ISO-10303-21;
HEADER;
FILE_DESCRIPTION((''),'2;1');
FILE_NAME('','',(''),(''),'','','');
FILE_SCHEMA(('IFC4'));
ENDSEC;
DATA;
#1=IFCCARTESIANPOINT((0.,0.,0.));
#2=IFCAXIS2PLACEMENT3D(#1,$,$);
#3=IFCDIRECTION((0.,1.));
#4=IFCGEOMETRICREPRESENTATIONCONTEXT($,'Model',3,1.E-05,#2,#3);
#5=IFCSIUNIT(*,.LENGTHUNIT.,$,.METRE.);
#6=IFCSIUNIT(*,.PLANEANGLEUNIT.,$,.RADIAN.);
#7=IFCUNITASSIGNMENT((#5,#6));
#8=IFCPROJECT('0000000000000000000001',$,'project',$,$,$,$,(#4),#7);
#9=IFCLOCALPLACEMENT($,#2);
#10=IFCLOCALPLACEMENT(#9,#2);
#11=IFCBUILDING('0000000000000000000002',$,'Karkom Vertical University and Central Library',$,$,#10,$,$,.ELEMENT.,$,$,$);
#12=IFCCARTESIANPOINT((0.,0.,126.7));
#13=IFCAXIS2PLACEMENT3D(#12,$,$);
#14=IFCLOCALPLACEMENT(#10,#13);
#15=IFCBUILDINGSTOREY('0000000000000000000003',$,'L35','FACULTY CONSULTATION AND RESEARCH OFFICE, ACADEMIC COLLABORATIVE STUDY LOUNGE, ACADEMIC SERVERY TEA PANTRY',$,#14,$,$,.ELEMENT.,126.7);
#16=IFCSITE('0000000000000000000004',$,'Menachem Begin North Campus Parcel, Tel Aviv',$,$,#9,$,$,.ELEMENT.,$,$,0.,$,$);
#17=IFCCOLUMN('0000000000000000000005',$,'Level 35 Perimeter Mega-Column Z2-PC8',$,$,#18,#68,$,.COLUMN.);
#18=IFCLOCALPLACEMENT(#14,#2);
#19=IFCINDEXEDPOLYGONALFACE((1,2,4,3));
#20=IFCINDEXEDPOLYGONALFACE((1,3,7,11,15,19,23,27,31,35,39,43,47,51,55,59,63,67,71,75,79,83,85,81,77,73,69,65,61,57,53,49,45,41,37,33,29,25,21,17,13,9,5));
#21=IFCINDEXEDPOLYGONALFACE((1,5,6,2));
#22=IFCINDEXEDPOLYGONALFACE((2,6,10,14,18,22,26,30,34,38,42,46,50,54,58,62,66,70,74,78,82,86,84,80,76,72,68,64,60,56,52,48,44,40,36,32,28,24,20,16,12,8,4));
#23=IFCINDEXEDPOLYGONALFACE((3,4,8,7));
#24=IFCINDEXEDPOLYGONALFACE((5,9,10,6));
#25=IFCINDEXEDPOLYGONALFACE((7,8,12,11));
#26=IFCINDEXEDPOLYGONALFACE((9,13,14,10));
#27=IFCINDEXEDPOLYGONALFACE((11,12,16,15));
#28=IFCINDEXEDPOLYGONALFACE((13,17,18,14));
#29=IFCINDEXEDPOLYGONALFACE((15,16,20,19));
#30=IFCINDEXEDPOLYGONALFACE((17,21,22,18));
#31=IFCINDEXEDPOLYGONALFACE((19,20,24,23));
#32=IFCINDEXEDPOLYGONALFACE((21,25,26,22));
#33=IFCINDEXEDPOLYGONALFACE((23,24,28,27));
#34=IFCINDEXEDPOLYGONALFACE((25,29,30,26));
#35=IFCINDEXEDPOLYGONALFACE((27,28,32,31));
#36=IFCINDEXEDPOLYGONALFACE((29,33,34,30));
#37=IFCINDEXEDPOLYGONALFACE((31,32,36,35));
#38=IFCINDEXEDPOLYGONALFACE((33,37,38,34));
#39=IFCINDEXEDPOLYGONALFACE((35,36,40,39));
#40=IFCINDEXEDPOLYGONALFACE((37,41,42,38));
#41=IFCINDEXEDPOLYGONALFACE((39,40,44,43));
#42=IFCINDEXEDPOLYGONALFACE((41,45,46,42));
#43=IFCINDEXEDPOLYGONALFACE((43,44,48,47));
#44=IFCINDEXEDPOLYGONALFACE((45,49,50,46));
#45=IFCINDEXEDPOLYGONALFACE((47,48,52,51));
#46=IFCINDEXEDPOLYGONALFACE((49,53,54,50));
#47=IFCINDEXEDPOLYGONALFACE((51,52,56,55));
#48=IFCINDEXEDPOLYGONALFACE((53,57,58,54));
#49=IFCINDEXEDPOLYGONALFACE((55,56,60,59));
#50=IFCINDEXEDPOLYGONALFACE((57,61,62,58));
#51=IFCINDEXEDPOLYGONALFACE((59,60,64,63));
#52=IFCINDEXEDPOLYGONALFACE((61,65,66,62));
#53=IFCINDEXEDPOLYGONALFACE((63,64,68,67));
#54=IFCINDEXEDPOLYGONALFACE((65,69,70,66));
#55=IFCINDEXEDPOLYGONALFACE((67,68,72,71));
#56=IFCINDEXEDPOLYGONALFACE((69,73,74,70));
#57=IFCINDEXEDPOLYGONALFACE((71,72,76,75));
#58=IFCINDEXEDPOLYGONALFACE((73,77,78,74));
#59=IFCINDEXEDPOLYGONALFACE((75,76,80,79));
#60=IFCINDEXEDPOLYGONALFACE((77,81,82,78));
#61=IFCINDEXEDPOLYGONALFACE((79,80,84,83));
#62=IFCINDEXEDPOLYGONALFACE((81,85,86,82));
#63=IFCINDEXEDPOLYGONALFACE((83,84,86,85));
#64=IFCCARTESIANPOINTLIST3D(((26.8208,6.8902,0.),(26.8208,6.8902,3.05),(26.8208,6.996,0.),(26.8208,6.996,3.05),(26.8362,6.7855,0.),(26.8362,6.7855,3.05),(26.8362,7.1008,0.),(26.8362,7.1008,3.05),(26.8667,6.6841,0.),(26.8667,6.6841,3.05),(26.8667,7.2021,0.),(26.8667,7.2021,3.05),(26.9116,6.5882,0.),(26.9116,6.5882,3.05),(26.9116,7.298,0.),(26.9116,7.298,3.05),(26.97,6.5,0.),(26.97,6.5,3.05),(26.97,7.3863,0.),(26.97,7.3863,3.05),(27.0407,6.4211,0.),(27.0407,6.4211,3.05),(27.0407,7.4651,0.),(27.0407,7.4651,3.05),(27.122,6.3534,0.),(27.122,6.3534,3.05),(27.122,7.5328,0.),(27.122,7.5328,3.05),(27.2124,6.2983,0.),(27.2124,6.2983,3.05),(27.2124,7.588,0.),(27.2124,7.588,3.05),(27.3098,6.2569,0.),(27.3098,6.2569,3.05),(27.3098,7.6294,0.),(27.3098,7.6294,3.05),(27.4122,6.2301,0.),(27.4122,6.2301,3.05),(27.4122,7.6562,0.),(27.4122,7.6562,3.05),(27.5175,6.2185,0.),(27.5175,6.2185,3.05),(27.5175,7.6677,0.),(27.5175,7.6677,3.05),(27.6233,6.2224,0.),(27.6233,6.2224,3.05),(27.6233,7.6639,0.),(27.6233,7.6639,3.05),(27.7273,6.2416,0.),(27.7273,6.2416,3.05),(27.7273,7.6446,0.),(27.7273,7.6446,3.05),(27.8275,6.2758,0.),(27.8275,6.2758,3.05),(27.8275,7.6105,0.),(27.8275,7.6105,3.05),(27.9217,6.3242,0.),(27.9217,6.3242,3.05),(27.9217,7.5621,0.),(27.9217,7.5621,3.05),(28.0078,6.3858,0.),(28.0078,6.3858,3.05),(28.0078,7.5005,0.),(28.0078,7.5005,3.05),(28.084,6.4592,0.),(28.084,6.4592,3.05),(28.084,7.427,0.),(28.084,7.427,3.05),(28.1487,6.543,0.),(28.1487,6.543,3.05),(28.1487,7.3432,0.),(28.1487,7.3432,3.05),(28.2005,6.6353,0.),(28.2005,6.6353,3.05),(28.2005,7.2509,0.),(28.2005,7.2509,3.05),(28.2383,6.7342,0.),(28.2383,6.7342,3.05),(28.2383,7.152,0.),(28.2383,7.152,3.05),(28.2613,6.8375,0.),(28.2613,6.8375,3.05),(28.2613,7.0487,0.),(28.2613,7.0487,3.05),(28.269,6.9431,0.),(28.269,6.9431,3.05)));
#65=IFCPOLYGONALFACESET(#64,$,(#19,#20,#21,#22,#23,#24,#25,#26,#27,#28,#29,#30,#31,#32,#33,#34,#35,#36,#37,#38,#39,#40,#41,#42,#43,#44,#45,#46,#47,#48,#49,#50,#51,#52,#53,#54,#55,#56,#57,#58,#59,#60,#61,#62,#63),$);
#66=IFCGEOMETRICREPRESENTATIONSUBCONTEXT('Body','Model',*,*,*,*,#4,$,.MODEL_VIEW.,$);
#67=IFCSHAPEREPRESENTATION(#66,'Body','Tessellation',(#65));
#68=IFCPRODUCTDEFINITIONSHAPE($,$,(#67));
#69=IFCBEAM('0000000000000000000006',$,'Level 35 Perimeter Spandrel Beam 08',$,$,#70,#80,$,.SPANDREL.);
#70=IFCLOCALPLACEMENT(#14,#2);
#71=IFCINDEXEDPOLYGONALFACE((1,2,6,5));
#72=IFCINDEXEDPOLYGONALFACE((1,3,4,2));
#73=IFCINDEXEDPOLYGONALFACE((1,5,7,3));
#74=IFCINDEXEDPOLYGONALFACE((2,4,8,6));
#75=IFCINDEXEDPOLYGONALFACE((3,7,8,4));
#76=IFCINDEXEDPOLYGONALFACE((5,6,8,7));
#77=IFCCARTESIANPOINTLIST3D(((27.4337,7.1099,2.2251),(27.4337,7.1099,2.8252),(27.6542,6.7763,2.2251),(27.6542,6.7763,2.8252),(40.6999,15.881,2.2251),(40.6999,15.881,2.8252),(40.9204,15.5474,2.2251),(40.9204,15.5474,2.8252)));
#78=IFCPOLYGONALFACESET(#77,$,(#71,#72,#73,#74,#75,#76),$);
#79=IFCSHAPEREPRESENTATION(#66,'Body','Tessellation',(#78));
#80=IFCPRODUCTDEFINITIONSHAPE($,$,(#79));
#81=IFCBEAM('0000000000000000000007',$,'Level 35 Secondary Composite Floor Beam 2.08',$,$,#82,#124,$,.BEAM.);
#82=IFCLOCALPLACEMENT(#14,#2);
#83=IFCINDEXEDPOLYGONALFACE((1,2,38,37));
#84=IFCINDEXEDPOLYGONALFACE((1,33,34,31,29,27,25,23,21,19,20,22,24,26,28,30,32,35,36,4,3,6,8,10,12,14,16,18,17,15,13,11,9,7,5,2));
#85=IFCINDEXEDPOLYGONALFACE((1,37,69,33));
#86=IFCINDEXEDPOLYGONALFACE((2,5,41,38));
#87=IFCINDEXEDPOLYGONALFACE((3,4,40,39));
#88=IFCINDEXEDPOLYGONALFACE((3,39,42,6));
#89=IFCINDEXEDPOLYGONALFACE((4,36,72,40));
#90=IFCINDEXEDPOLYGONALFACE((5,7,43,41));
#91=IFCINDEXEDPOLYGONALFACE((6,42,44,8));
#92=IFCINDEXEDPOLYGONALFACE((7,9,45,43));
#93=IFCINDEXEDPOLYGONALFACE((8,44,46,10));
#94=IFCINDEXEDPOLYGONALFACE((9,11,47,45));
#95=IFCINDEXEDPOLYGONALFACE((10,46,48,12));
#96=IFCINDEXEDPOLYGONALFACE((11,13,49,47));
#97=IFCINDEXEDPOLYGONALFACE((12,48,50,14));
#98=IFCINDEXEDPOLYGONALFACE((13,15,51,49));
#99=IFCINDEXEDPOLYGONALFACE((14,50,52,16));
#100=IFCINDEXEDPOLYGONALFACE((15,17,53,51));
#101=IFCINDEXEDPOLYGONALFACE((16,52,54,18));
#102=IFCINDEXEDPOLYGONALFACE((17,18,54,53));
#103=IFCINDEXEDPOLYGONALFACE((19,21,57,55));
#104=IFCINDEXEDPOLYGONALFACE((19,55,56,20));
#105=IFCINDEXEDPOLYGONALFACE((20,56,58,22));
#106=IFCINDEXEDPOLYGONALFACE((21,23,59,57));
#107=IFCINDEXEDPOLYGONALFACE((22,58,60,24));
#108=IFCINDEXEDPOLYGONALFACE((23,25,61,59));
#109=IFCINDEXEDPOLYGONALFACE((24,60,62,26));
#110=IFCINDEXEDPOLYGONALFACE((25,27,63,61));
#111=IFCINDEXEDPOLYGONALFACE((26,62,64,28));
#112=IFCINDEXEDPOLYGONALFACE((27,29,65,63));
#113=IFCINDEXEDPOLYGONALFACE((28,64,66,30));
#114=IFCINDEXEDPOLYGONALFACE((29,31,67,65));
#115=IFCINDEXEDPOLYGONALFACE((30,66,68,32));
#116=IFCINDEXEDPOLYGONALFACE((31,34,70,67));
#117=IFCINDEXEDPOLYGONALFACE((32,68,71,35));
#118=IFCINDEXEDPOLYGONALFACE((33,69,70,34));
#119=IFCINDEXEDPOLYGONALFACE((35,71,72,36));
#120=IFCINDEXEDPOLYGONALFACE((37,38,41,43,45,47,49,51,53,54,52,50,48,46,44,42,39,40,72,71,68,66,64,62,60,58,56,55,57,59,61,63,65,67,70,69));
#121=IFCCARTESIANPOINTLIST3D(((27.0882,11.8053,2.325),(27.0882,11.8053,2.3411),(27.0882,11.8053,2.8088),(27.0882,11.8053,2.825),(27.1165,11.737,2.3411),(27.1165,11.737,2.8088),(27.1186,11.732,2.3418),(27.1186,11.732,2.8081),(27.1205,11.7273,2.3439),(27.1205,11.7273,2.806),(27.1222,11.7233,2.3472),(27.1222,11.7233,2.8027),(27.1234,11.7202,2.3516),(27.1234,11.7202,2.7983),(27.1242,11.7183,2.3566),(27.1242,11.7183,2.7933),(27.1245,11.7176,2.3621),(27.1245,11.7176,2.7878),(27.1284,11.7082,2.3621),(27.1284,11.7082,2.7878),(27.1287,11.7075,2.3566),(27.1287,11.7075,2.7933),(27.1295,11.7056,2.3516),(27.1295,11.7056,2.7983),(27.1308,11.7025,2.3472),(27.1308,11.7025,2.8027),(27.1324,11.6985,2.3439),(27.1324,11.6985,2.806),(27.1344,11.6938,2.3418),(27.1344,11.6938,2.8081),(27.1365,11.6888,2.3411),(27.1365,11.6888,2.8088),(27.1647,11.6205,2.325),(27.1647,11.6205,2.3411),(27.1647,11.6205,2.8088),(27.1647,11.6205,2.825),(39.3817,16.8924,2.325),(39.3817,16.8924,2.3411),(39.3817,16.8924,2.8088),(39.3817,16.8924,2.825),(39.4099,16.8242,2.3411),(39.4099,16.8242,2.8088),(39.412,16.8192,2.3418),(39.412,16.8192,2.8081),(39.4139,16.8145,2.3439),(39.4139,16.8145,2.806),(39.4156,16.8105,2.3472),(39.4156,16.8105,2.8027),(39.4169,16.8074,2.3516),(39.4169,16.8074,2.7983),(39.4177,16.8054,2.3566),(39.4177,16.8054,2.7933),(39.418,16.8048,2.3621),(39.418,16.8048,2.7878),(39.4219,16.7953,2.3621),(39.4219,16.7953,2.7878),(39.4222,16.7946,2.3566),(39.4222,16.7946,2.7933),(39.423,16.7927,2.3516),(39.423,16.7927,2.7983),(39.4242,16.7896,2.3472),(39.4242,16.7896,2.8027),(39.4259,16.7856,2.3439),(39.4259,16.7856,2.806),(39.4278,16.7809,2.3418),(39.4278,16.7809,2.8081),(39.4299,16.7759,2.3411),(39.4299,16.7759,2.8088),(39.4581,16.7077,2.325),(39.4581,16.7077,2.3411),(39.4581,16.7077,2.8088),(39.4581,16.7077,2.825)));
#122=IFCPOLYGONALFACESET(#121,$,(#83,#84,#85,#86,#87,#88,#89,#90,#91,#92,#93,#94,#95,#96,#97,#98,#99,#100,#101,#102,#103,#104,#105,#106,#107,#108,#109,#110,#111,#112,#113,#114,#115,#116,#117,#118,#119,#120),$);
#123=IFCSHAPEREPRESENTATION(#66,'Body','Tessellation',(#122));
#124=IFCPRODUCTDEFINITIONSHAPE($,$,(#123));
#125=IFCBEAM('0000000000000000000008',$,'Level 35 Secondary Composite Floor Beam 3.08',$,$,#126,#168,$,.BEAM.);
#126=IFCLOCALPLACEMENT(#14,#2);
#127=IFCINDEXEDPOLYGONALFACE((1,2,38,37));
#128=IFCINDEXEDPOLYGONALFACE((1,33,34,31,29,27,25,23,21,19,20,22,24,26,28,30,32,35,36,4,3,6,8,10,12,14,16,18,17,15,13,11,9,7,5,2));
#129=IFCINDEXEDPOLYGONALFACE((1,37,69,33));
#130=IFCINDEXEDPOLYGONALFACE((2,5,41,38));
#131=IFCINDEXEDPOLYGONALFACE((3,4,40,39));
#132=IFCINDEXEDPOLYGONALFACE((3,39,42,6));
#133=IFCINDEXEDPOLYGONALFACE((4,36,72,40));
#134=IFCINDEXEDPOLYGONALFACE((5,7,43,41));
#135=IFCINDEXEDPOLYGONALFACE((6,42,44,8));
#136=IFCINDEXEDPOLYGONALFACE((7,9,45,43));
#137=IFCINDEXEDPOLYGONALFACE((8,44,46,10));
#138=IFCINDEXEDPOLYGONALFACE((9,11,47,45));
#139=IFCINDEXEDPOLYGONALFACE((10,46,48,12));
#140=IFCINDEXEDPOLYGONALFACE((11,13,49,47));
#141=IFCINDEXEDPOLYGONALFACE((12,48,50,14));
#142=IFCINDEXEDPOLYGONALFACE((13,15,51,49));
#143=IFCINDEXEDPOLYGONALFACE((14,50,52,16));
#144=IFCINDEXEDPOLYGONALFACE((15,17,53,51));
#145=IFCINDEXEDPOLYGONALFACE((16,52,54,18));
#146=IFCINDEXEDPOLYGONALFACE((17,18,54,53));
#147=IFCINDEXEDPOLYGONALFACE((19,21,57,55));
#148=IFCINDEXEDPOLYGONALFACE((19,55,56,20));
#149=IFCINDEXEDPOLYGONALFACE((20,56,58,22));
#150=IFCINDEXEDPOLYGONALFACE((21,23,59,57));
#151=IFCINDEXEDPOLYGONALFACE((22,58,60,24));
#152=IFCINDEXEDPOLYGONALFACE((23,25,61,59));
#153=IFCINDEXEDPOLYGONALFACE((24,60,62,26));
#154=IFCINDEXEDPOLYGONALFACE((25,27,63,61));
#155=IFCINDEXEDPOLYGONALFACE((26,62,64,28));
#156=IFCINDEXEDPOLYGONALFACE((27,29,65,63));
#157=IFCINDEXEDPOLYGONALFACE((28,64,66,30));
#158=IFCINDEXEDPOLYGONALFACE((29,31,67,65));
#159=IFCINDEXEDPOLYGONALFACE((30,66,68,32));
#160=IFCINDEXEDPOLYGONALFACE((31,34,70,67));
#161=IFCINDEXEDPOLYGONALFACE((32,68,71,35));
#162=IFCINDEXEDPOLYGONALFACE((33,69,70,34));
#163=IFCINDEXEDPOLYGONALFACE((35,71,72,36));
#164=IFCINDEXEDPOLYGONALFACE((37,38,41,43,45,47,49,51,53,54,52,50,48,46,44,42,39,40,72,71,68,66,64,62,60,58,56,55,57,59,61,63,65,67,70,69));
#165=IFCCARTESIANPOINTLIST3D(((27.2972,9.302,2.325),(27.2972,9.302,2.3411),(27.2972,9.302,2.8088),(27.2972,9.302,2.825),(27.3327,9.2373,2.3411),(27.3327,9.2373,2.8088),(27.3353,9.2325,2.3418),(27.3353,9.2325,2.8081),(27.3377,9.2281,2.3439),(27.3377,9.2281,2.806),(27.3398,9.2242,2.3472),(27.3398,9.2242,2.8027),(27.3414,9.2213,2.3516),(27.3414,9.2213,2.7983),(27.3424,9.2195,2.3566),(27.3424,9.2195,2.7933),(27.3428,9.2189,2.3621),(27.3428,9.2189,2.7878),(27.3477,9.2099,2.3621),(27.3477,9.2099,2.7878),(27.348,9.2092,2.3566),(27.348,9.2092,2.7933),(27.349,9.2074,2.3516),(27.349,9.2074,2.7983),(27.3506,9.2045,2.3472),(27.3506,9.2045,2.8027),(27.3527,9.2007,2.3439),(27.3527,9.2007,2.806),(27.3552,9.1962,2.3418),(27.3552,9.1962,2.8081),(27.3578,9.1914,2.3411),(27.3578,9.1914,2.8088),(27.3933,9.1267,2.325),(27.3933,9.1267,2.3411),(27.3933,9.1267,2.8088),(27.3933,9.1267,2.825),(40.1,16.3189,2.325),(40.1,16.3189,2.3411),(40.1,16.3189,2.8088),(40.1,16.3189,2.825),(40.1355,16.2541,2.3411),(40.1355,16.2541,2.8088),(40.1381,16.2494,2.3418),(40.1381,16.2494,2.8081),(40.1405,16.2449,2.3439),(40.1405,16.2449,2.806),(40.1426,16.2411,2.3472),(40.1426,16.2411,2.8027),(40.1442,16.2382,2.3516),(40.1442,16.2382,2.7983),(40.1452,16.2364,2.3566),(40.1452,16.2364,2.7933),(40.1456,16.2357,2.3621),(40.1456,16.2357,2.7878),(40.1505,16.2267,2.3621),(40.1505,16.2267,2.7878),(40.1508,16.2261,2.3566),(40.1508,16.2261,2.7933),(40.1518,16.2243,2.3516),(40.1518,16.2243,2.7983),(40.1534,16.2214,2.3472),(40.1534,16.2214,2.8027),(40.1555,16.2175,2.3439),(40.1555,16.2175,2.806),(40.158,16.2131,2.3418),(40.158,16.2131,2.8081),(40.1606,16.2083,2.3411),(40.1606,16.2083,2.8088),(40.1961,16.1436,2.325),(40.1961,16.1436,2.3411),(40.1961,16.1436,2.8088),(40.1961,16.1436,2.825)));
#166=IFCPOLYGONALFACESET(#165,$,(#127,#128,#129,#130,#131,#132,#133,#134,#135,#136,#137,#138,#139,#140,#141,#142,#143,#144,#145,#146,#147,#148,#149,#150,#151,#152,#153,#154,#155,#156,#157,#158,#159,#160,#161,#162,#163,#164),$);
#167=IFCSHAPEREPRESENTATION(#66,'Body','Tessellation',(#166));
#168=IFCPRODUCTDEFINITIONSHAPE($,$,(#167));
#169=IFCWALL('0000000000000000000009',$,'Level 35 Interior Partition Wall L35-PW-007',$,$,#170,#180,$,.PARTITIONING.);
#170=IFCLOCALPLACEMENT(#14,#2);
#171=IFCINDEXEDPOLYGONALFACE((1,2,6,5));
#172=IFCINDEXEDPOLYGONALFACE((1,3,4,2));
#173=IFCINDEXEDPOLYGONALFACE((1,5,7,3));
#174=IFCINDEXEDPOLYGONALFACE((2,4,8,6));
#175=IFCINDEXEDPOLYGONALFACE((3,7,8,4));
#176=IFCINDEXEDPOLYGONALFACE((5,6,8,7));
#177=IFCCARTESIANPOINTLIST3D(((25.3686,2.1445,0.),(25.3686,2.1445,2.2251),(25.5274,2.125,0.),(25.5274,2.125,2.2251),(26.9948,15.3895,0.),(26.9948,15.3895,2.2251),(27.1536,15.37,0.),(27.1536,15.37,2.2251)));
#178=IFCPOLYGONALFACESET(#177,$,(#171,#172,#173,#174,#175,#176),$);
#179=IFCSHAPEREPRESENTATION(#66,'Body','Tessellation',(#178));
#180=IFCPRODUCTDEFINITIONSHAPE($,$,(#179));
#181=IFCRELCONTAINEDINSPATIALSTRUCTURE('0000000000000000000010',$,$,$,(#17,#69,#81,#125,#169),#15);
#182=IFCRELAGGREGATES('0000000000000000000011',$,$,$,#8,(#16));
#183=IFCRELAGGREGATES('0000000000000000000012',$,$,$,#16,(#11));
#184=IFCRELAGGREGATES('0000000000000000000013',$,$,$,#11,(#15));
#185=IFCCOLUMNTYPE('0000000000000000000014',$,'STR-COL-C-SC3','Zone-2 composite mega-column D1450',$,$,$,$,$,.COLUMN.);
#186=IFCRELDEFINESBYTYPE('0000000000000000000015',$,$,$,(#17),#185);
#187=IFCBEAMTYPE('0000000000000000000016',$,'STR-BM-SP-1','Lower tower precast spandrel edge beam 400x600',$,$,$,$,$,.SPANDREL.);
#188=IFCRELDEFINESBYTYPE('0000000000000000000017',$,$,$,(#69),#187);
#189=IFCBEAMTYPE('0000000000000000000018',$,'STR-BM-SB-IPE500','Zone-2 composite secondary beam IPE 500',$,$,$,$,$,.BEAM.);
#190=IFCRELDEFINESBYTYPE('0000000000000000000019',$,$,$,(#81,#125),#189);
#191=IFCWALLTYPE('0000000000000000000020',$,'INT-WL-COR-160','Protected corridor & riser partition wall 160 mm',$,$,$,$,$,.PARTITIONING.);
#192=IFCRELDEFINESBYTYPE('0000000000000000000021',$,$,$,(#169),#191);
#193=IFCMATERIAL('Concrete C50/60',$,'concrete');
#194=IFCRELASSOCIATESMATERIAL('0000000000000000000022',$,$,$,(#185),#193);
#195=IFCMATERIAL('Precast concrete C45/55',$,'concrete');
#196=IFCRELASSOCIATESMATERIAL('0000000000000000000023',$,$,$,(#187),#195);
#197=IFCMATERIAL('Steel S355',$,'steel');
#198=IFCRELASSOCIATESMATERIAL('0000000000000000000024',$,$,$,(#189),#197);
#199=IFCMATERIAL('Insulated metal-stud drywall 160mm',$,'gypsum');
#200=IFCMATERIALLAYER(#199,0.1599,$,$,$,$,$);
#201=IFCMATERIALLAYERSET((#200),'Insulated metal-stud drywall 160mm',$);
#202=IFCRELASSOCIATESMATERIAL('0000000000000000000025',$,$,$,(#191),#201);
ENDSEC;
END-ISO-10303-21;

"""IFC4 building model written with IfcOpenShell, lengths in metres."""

from ifc_helpers import new_model, si_unit, direction, frame, frame_2d, origin, origin_with_axes, origin_2d, place, context, subcontext, project, spatial, rectangle, circle, i_section, extrude, source, transform, mapped, material, layer, layer_set, material_profile, profile_set, type_object, element, save


model = new_model("IFC4")

# Units and contexts
model_context = context("Model", 3, precision=1e-05, world=origin(), true_north=direction((0.0, 1.0)))
body_context = subcontext(model_context, "Body", "Model", "MODEL_VIEW")
ifc_project = project(units=[si_unit("LENGTHUNIT", "METRE"), si_unit("PLANEANGLEUNIT", "RADIAN")], contexts=[model_context])

# Site, building, storey
site_placement = place(None, origin())
site = spatial("IfcSite", under=ifc_project, at=site_placement, Name="Menachem Begin North Campus Parcel, Tel Aviv", CompositionType="ELEMENT", RefElevation=0.0)
building_placement = place(site_placement, origin())
building = spatial("IfcBuilding", under=site, at=building_placement, Name="Karkom Vertical University and Central Library", CompositionType="ELEMENT")
storey_placement = place(building_placement, frame((0.0, 0.0, 126.7)))
storey = spatial("IfcBuildingStorey", under=building, at=storey_placement, Name="L35", Description="FACULTY CONSULTATION AND RESEARCH OFFICE, ACADEMIC COLLABORATIVE STUDY LOUNGE, ACADEMIC SERVERY TEA PANTRY", CompositionType="ELEMENT", Elevation=126.7)

# Column
ifc_material_1 = material(Name="Concrete C50/60", Category="concrete")
ifc_material_profile_1 = material_profile(ifc_material_1, circle(Radius=0.7251, at=origin_2d()), Name="CFT-D1450")
ifc_profile_set_1 = profile_set([ifc_material_profile_1], Name="Concrete C50/60")
column_type = type_object("IfcColumnType", Name="STR-COL-C-SC3", Description="Zone-2 composite mega-column D1450", PredefinedType="COLUMN", material=ifc_profile_set_1)
shared_shape_1 = source(origin_with_axes(), body_context, "Body", "SweptSolid", [
    extrude(circle(Radius=0.7251, at=origin_2d()), origin(), (0.0, 0.0, 1.0), 3.05),
])
column_placement = place(storey_placement, frame((27.5439, 6.9431, 0.0), z_axis=(0.0, 0.0, 1.0), x_axis=(1.0, 0.0, 0.0)))
element("IfcColumn", 1, at=column_placement, inside=storey, type_object=column_type, Name="Level 35 Perimeter Mega-Column Z2-PC8", PredefinedType="COLUMN", context=body_context, shape_type="MappedRepresentation", body=[
    mapped(shared_shape_1, transform((0.0, 0.0, 0.0), scale=1.0)),
])

# Beams
ifc_material_2 = material(Name="Precast concrete C45/55", Category="concrete")
ifc_material_profile_2 = material_profile(ifc_material_2, rectangle(XDim=0.3999, YDim=0.6001, at=origin_2d()), Name="SPB-400x600")
ifc_profile_set_2 = profile_set([ifc_material_profile_2], Name="Precast concrete C45/55")
beam_type_1 = type_object("IfcBeamType", Name="STR-BM-SP-1", Description="Lower tower precast spandrel edge beam 400x600", PredefinedType="SPANDREL", material=ifc_profile_set_2)
shared_shape_2 = source(origin_with_axes(), body_context, "Body", "SweptSolid", [
    extrude(rectangle(XDim=0.3999, YDim=0.6001, at=origin_2d()), origin(), (0.0, 0.0, 1.0), 15.9036),
])
beam_1_placement = place(storey_placement, frame((27.5439, 6.9431, 2.5251), z_axis=(0.834165, 0.551515, 0.0), x_axis=(-0.551515, 0.834165, 0.0)))
element("IfcBeam", 2, at=beam_1_placement, inside=storey, type_object=beam_type_1, Name="Level 35 Perimeter Spandrel Beam 08", PredefinedType="SPANDREL", context=body_context, shape_type="MappedRepresentation", body=[
    mapped(shared_shape_2, transform((0.0, 0.0, 0.0), scale=1.0)),
])
ifc_material_3 = material(Name="Steel S355", Category="steel")
ifc_material_profile_3 = material_profile(ifc_material_3, i_section(OverallWidth=0.2, OverallDepth=0.5, WebThickness=0.0103, FlangeThickness=0.0161, FilletRadius=0.021, at=origin_2d()), Name="IPE 500")
ifc_profile_set_3 = profile_set([ifc_material_profile_3], Name="Steel S355")
beam_type_2 = type_object("IfcBeamType", Name="STR-BM-SB-IPE500", Description="Zone-2 composite secondary beam IPE 500", PredefinedType="BEAM", material=ifc_profile_set_3)
shared_shape_3 = source(origin_with_axes(), body_context, "Body", "SweptSolid", [
    extrude(i_section(OverallWidth=0.2, OverallDepth=0.5, WebThickness=0.0103, FlangeThickness=0.0161, FilletRadius=0.021, at=origin_2d()), origin(), (0.0, 0.0, 1.0), 13.3044),
])
beam_2_placement = place(storey_placement, frame((27.1265, 11.7129, 2.575), z_axis=(0.924011, 0.382365, 0.0), x_axis=(-0.382365, 0.924011, 0.0)))
element("IfcBeam", 3, at=beam_2_placement, inside=storey, type_object=beam_type_2, Name="Level 35 Secondary Composite Floor Beam 2.08", PredefinedType="BEAM", context=body_context, shape_type="MappedRepresentation", body=[
    mapped(shared_shape_3, transform((0.0, 0.0, 0.0), scale=1.0)),
])
shared_shape_4 = source(origin_with_axes(), body_context, "Body", "SweptSolid", [
    extrude(i_section(OverallWidth=0.2, OverallDepth=0.5, WebThickness=0.0103, FlangeThickness=0.0161, FilletRadius=0.021, at=origin_2d()), origin(), (0.0, 0.0, 1.0), 14.5996),
])
beam_3_placement = place(storey_placement, frame((27.3452, 9.2144, 2.575), z_axis=(0.876928, 0.480622, 0.0), x_axis=(-0.480622, 0.876928, 0.0)))
element("IfcBeam", 4, at=beam_3_placement, inside=storey, type_object=beam_type_2, Name="Level 35 Secondary Composite Floor Beam 3.08", PredefinedType="BEAM", context=body_context, shape_type="MappedRepresentation", body=[
    mapped(shared_shape_4, transform((0.0, 0.0, 0.0), scale=1.0)),
])

# Wall
ifc_material_4 = material(Name="Insulated metal-stud drywall 160mm", Category="gypsum")
ifc_layer = layer(ifc_material_4, 0.1599)
ifc_layer_set = layer_set([ifc_layer], Name="Insulated metal-stud drywall 160mm")
wall_type = type_object("IfcWallType", Name="INT-WL-COR-160", Description="Protected corridor & riser partition wall 160 mm", PredefinedType="PARTITIONING", material=ifc_layer_set)
wall_1_placement = place(storey_placement, frame((27.0742, 15.3799, 0.0), z_axis=(0.0, 0.0, 1.0), x_axis=(-0.121864, -0.992547, 0.0)))
element("IfcWall", 5, at=wall_1_placement, inside=storey, type_object=wall_type, Name="Level 35 Interior Partition Wall L35-PW-007", PredefinedType="PARTITIONING", context=body_context, shape_type="SweptSolid", body=[
    extrude(rectangle(XDim=13.3445, YDim=0.1599, at=frame_2d((6.6724, 0.0))), origin(), (0.0, 0.0, 1.0), 2.2251),
])

save(model, "model.ifc")
